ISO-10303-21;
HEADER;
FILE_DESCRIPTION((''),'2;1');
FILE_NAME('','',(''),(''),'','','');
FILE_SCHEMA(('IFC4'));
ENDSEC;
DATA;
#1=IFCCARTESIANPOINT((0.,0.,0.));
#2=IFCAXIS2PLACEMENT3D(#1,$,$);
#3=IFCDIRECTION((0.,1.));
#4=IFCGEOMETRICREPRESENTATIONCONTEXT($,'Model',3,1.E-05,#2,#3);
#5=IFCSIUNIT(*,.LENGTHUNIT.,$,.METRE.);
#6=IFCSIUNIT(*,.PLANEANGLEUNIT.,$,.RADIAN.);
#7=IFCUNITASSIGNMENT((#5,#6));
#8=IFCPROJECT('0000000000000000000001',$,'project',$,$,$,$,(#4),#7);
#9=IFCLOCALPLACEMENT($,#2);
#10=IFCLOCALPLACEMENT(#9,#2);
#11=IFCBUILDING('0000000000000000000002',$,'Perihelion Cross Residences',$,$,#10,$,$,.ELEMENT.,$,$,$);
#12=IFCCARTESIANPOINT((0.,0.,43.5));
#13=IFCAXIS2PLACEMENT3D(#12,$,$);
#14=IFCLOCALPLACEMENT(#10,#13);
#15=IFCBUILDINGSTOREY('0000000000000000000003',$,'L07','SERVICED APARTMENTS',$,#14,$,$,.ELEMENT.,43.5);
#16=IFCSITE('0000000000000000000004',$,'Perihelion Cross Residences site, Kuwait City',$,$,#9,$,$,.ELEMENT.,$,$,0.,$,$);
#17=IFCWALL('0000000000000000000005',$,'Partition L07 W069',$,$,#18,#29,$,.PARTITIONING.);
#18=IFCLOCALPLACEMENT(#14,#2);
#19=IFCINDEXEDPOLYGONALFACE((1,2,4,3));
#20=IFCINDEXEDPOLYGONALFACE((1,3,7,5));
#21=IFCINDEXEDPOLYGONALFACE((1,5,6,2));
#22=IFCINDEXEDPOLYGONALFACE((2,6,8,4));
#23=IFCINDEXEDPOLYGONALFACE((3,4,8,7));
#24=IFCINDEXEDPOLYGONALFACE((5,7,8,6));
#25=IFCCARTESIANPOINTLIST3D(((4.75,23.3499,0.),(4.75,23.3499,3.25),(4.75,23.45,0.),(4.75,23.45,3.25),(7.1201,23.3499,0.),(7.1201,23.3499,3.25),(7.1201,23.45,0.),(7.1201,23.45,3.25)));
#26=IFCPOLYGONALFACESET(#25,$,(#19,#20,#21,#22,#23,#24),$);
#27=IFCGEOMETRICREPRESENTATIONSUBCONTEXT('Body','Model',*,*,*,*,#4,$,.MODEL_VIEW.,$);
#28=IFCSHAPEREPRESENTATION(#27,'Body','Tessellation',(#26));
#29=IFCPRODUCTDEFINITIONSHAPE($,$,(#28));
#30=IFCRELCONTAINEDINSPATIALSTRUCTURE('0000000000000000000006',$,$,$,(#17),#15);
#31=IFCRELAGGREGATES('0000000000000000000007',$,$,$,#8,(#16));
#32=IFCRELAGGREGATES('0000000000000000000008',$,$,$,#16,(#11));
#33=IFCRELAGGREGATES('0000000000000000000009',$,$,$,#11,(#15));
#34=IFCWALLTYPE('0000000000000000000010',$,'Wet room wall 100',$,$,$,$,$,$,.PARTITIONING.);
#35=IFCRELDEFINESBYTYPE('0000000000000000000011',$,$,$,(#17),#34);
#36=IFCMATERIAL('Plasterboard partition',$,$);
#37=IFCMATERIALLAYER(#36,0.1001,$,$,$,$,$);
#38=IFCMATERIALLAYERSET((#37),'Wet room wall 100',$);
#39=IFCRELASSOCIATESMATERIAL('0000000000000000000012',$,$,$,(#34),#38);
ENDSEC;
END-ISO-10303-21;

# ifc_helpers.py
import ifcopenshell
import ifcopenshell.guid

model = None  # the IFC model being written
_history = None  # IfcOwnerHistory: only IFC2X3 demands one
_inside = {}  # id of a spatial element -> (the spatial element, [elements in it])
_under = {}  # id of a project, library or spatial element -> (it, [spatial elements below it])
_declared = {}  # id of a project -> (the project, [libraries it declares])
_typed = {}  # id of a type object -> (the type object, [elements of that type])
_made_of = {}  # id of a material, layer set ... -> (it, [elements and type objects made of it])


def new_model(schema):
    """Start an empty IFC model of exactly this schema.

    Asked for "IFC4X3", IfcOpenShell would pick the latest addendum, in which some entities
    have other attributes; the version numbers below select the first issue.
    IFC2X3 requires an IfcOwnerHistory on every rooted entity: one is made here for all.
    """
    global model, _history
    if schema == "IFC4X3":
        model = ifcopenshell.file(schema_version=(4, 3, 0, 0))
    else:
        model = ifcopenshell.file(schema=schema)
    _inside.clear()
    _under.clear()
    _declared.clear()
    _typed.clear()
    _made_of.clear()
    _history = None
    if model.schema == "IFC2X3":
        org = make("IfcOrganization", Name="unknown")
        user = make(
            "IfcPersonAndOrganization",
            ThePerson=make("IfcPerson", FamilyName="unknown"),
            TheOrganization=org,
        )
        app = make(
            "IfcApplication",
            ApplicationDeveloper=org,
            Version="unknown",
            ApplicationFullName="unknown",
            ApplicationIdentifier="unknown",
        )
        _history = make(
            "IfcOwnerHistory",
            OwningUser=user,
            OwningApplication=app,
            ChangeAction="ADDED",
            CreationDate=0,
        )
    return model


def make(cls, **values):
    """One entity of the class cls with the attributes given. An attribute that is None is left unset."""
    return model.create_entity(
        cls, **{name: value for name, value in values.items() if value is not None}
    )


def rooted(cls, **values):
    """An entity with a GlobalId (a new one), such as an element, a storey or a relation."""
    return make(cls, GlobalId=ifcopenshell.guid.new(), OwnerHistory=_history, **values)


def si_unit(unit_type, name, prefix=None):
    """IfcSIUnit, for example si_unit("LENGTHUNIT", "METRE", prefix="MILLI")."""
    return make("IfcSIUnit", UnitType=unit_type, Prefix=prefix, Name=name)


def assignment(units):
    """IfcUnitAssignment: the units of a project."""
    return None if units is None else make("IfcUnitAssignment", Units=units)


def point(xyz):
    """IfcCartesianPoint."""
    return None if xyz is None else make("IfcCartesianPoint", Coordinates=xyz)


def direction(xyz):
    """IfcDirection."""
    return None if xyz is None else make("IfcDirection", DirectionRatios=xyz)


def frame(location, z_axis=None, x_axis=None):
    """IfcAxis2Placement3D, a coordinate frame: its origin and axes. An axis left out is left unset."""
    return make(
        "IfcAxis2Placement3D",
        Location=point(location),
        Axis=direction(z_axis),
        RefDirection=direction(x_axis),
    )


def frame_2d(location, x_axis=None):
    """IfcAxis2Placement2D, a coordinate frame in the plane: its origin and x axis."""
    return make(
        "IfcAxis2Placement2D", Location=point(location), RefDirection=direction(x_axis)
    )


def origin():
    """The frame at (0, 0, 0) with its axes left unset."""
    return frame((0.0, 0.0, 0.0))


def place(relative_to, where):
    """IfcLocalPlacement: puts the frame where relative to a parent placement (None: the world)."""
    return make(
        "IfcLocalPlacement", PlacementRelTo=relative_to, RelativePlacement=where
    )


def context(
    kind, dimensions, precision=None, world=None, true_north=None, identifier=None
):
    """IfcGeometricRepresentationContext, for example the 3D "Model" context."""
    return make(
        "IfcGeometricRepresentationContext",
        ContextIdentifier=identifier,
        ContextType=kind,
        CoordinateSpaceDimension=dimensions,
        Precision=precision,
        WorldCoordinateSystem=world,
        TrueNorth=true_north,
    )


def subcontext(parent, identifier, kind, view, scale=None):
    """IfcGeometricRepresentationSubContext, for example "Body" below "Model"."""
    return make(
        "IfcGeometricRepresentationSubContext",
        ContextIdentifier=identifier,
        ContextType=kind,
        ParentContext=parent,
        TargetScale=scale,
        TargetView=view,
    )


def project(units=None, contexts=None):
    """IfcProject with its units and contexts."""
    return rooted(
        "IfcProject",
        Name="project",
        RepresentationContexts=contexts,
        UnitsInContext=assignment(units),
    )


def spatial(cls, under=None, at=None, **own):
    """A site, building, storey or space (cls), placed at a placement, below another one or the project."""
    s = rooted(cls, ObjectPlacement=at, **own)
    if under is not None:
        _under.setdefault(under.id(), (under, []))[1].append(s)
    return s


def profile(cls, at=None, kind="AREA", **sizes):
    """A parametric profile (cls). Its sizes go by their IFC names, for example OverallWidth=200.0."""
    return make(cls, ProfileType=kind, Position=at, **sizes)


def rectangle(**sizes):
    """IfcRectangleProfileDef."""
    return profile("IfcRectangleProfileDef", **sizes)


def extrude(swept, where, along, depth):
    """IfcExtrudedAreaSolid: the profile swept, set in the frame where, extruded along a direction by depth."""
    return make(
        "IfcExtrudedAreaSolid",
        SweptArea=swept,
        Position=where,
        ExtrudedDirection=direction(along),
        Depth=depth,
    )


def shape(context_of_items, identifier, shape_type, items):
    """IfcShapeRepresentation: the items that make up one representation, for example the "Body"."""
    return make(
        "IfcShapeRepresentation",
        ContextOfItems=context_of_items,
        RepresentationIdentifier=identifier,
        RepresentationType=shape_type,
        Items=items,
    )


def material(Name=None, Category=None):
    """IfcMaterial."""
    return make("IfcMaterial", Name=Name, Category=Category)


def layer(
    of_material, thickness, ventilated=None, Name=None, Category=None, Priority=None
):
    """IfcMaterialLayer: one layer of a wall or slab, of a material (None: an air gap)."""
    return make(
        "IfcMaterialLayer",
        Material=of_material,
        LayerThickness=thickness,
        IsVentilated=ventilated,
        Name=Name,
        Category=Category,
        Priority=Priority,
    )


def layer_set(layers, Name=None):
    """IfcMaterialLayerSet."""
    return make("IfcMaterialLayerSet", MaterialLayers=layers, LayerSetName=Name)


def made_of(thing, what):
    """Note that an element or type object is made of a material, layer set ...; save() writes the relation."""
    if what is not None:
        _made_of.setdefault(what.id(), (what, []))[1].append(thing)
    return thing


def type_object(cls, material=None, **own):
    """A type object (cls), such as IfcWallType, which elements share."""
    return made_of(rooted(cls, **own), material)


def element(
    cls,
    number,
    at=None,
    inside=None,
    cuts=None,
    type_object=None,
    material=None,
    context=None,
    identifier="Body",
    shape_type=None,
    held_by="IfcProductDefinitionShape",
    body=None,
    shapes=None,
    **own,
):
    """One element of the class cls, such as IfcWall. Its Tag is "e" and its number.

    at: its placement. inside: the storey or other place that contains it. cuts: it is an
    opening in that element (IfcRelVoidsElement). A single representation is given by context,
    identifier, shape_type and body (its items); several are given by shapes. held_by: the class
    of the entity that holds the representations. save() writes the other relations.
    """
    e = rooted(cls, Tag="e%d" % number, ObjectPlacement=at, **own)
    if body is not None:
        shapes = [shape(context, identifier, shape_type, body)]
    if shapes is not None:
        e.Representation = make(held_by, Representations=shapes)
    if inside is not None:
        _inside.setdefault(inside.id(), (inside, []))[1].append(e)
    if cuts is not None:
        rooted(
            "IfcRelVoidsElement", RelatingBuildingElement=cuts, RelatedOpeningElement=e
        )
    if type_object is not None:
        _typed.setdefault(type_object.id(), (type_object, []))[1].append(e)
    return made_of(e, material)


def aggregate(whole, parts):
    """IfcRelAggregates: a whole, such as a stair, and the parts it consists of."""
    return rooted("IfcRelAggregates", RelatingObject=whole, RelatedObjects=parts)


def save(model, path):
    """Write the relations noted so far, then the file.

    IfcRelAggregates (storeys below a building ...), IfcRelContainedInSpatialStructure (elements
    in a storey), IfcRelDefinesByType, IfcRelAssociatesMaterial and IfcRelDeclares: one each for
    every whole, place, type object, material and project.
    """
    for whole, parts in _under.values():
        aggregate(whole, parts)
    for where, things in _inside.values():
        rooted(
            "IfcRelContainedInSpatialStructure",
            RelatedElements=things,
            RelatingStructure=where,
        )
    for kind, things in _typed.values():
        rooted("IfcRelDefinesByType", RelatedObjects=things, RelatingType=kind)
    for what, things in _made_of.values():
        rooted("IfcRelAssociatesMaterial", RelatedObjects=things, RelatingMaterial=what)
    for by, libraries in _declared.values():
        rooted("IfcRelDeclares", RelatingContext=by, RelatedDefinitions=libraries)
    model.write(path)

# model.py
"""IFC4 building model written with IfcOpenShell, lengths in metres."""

from ifc_helpers import new_model, si_unit, direction, frame, frame_2d, origin, place, context, subcontext, project, spatial, rectangle, extrude, material, layer, layer_set, type_object, element, save


model = new_model("IFC4")

# Units and contexts
model_context = context("Model", 3, precision=1e-05, world=origin(), true_north=direction((0.0, 1.0)))
body_context = subcontext(model_context, "Body", "Model", "MODEL_VIEW")
ifc_project = project(units=[si_unit("LENGTHUNIT", "METRE"), si_unit("PLANEANGLEUNIT", "RADIAN")], contexts=[model_context])

# Site, building, storey
site_placement = place(None, origin())
site = spatial("IfcSite", under=ifc_project, at=site_placement, Name="Perihelion Cross Residences site, Kuwait City", CompositionType="ELEMENT", RefElevation=0.0)
building_placement = place(site_placement, origin())
building = spatial("IfcBuilding", under=site, at=building_placement, Name="Perihelion Cross Residences", CompositionType="ELEMENT")
storey_placement = place(building_placement, frame((0.0, 0.0, 43.5)))
storey = spatial("IfcBuildingStorey", under=building, at=storey_placement, Name="L07", Description="SERVICED APARTMENTS", CompositionType="ELEMENT", Elevation=43.5)

# Wall
ifc_material_1 = material(Name="Plasterboard partition")
ifc_layer_1 = layer(ifc_material_1, 0.1001)
ifc_layer_set_1 = layer_set([ifc_layer_1], Name="Wet room wall 100")
wall_type_1 = type_object("IfcWallType", Name="Wet room wall 100", PredefinedType="PARTITIONING", material=ifc_layer_set_1)
wall_1_placement = place(storey_placement, frame((4.75, 23.3999, 0.0), z_axis=(0.0, 0.0, 1.0), x_axis=(1.0, 0.0, 0.0)))
element("IfcWall", 1, at=wall_1_placement, inside=storey, type_object=wall_type_1, Name="Partition L07 W069", PredefinedType="PARTITIONING", context=body_context, shape_type="SweptSolid", body=[
    extrude(rectangle(XDim=2.3701, YDim=0.1001, at=frame_2d((1.1851, 0.0))), origin(), (0.0, 0.0, 1.0), 3.25),
])

save(model, "model.ifc")
